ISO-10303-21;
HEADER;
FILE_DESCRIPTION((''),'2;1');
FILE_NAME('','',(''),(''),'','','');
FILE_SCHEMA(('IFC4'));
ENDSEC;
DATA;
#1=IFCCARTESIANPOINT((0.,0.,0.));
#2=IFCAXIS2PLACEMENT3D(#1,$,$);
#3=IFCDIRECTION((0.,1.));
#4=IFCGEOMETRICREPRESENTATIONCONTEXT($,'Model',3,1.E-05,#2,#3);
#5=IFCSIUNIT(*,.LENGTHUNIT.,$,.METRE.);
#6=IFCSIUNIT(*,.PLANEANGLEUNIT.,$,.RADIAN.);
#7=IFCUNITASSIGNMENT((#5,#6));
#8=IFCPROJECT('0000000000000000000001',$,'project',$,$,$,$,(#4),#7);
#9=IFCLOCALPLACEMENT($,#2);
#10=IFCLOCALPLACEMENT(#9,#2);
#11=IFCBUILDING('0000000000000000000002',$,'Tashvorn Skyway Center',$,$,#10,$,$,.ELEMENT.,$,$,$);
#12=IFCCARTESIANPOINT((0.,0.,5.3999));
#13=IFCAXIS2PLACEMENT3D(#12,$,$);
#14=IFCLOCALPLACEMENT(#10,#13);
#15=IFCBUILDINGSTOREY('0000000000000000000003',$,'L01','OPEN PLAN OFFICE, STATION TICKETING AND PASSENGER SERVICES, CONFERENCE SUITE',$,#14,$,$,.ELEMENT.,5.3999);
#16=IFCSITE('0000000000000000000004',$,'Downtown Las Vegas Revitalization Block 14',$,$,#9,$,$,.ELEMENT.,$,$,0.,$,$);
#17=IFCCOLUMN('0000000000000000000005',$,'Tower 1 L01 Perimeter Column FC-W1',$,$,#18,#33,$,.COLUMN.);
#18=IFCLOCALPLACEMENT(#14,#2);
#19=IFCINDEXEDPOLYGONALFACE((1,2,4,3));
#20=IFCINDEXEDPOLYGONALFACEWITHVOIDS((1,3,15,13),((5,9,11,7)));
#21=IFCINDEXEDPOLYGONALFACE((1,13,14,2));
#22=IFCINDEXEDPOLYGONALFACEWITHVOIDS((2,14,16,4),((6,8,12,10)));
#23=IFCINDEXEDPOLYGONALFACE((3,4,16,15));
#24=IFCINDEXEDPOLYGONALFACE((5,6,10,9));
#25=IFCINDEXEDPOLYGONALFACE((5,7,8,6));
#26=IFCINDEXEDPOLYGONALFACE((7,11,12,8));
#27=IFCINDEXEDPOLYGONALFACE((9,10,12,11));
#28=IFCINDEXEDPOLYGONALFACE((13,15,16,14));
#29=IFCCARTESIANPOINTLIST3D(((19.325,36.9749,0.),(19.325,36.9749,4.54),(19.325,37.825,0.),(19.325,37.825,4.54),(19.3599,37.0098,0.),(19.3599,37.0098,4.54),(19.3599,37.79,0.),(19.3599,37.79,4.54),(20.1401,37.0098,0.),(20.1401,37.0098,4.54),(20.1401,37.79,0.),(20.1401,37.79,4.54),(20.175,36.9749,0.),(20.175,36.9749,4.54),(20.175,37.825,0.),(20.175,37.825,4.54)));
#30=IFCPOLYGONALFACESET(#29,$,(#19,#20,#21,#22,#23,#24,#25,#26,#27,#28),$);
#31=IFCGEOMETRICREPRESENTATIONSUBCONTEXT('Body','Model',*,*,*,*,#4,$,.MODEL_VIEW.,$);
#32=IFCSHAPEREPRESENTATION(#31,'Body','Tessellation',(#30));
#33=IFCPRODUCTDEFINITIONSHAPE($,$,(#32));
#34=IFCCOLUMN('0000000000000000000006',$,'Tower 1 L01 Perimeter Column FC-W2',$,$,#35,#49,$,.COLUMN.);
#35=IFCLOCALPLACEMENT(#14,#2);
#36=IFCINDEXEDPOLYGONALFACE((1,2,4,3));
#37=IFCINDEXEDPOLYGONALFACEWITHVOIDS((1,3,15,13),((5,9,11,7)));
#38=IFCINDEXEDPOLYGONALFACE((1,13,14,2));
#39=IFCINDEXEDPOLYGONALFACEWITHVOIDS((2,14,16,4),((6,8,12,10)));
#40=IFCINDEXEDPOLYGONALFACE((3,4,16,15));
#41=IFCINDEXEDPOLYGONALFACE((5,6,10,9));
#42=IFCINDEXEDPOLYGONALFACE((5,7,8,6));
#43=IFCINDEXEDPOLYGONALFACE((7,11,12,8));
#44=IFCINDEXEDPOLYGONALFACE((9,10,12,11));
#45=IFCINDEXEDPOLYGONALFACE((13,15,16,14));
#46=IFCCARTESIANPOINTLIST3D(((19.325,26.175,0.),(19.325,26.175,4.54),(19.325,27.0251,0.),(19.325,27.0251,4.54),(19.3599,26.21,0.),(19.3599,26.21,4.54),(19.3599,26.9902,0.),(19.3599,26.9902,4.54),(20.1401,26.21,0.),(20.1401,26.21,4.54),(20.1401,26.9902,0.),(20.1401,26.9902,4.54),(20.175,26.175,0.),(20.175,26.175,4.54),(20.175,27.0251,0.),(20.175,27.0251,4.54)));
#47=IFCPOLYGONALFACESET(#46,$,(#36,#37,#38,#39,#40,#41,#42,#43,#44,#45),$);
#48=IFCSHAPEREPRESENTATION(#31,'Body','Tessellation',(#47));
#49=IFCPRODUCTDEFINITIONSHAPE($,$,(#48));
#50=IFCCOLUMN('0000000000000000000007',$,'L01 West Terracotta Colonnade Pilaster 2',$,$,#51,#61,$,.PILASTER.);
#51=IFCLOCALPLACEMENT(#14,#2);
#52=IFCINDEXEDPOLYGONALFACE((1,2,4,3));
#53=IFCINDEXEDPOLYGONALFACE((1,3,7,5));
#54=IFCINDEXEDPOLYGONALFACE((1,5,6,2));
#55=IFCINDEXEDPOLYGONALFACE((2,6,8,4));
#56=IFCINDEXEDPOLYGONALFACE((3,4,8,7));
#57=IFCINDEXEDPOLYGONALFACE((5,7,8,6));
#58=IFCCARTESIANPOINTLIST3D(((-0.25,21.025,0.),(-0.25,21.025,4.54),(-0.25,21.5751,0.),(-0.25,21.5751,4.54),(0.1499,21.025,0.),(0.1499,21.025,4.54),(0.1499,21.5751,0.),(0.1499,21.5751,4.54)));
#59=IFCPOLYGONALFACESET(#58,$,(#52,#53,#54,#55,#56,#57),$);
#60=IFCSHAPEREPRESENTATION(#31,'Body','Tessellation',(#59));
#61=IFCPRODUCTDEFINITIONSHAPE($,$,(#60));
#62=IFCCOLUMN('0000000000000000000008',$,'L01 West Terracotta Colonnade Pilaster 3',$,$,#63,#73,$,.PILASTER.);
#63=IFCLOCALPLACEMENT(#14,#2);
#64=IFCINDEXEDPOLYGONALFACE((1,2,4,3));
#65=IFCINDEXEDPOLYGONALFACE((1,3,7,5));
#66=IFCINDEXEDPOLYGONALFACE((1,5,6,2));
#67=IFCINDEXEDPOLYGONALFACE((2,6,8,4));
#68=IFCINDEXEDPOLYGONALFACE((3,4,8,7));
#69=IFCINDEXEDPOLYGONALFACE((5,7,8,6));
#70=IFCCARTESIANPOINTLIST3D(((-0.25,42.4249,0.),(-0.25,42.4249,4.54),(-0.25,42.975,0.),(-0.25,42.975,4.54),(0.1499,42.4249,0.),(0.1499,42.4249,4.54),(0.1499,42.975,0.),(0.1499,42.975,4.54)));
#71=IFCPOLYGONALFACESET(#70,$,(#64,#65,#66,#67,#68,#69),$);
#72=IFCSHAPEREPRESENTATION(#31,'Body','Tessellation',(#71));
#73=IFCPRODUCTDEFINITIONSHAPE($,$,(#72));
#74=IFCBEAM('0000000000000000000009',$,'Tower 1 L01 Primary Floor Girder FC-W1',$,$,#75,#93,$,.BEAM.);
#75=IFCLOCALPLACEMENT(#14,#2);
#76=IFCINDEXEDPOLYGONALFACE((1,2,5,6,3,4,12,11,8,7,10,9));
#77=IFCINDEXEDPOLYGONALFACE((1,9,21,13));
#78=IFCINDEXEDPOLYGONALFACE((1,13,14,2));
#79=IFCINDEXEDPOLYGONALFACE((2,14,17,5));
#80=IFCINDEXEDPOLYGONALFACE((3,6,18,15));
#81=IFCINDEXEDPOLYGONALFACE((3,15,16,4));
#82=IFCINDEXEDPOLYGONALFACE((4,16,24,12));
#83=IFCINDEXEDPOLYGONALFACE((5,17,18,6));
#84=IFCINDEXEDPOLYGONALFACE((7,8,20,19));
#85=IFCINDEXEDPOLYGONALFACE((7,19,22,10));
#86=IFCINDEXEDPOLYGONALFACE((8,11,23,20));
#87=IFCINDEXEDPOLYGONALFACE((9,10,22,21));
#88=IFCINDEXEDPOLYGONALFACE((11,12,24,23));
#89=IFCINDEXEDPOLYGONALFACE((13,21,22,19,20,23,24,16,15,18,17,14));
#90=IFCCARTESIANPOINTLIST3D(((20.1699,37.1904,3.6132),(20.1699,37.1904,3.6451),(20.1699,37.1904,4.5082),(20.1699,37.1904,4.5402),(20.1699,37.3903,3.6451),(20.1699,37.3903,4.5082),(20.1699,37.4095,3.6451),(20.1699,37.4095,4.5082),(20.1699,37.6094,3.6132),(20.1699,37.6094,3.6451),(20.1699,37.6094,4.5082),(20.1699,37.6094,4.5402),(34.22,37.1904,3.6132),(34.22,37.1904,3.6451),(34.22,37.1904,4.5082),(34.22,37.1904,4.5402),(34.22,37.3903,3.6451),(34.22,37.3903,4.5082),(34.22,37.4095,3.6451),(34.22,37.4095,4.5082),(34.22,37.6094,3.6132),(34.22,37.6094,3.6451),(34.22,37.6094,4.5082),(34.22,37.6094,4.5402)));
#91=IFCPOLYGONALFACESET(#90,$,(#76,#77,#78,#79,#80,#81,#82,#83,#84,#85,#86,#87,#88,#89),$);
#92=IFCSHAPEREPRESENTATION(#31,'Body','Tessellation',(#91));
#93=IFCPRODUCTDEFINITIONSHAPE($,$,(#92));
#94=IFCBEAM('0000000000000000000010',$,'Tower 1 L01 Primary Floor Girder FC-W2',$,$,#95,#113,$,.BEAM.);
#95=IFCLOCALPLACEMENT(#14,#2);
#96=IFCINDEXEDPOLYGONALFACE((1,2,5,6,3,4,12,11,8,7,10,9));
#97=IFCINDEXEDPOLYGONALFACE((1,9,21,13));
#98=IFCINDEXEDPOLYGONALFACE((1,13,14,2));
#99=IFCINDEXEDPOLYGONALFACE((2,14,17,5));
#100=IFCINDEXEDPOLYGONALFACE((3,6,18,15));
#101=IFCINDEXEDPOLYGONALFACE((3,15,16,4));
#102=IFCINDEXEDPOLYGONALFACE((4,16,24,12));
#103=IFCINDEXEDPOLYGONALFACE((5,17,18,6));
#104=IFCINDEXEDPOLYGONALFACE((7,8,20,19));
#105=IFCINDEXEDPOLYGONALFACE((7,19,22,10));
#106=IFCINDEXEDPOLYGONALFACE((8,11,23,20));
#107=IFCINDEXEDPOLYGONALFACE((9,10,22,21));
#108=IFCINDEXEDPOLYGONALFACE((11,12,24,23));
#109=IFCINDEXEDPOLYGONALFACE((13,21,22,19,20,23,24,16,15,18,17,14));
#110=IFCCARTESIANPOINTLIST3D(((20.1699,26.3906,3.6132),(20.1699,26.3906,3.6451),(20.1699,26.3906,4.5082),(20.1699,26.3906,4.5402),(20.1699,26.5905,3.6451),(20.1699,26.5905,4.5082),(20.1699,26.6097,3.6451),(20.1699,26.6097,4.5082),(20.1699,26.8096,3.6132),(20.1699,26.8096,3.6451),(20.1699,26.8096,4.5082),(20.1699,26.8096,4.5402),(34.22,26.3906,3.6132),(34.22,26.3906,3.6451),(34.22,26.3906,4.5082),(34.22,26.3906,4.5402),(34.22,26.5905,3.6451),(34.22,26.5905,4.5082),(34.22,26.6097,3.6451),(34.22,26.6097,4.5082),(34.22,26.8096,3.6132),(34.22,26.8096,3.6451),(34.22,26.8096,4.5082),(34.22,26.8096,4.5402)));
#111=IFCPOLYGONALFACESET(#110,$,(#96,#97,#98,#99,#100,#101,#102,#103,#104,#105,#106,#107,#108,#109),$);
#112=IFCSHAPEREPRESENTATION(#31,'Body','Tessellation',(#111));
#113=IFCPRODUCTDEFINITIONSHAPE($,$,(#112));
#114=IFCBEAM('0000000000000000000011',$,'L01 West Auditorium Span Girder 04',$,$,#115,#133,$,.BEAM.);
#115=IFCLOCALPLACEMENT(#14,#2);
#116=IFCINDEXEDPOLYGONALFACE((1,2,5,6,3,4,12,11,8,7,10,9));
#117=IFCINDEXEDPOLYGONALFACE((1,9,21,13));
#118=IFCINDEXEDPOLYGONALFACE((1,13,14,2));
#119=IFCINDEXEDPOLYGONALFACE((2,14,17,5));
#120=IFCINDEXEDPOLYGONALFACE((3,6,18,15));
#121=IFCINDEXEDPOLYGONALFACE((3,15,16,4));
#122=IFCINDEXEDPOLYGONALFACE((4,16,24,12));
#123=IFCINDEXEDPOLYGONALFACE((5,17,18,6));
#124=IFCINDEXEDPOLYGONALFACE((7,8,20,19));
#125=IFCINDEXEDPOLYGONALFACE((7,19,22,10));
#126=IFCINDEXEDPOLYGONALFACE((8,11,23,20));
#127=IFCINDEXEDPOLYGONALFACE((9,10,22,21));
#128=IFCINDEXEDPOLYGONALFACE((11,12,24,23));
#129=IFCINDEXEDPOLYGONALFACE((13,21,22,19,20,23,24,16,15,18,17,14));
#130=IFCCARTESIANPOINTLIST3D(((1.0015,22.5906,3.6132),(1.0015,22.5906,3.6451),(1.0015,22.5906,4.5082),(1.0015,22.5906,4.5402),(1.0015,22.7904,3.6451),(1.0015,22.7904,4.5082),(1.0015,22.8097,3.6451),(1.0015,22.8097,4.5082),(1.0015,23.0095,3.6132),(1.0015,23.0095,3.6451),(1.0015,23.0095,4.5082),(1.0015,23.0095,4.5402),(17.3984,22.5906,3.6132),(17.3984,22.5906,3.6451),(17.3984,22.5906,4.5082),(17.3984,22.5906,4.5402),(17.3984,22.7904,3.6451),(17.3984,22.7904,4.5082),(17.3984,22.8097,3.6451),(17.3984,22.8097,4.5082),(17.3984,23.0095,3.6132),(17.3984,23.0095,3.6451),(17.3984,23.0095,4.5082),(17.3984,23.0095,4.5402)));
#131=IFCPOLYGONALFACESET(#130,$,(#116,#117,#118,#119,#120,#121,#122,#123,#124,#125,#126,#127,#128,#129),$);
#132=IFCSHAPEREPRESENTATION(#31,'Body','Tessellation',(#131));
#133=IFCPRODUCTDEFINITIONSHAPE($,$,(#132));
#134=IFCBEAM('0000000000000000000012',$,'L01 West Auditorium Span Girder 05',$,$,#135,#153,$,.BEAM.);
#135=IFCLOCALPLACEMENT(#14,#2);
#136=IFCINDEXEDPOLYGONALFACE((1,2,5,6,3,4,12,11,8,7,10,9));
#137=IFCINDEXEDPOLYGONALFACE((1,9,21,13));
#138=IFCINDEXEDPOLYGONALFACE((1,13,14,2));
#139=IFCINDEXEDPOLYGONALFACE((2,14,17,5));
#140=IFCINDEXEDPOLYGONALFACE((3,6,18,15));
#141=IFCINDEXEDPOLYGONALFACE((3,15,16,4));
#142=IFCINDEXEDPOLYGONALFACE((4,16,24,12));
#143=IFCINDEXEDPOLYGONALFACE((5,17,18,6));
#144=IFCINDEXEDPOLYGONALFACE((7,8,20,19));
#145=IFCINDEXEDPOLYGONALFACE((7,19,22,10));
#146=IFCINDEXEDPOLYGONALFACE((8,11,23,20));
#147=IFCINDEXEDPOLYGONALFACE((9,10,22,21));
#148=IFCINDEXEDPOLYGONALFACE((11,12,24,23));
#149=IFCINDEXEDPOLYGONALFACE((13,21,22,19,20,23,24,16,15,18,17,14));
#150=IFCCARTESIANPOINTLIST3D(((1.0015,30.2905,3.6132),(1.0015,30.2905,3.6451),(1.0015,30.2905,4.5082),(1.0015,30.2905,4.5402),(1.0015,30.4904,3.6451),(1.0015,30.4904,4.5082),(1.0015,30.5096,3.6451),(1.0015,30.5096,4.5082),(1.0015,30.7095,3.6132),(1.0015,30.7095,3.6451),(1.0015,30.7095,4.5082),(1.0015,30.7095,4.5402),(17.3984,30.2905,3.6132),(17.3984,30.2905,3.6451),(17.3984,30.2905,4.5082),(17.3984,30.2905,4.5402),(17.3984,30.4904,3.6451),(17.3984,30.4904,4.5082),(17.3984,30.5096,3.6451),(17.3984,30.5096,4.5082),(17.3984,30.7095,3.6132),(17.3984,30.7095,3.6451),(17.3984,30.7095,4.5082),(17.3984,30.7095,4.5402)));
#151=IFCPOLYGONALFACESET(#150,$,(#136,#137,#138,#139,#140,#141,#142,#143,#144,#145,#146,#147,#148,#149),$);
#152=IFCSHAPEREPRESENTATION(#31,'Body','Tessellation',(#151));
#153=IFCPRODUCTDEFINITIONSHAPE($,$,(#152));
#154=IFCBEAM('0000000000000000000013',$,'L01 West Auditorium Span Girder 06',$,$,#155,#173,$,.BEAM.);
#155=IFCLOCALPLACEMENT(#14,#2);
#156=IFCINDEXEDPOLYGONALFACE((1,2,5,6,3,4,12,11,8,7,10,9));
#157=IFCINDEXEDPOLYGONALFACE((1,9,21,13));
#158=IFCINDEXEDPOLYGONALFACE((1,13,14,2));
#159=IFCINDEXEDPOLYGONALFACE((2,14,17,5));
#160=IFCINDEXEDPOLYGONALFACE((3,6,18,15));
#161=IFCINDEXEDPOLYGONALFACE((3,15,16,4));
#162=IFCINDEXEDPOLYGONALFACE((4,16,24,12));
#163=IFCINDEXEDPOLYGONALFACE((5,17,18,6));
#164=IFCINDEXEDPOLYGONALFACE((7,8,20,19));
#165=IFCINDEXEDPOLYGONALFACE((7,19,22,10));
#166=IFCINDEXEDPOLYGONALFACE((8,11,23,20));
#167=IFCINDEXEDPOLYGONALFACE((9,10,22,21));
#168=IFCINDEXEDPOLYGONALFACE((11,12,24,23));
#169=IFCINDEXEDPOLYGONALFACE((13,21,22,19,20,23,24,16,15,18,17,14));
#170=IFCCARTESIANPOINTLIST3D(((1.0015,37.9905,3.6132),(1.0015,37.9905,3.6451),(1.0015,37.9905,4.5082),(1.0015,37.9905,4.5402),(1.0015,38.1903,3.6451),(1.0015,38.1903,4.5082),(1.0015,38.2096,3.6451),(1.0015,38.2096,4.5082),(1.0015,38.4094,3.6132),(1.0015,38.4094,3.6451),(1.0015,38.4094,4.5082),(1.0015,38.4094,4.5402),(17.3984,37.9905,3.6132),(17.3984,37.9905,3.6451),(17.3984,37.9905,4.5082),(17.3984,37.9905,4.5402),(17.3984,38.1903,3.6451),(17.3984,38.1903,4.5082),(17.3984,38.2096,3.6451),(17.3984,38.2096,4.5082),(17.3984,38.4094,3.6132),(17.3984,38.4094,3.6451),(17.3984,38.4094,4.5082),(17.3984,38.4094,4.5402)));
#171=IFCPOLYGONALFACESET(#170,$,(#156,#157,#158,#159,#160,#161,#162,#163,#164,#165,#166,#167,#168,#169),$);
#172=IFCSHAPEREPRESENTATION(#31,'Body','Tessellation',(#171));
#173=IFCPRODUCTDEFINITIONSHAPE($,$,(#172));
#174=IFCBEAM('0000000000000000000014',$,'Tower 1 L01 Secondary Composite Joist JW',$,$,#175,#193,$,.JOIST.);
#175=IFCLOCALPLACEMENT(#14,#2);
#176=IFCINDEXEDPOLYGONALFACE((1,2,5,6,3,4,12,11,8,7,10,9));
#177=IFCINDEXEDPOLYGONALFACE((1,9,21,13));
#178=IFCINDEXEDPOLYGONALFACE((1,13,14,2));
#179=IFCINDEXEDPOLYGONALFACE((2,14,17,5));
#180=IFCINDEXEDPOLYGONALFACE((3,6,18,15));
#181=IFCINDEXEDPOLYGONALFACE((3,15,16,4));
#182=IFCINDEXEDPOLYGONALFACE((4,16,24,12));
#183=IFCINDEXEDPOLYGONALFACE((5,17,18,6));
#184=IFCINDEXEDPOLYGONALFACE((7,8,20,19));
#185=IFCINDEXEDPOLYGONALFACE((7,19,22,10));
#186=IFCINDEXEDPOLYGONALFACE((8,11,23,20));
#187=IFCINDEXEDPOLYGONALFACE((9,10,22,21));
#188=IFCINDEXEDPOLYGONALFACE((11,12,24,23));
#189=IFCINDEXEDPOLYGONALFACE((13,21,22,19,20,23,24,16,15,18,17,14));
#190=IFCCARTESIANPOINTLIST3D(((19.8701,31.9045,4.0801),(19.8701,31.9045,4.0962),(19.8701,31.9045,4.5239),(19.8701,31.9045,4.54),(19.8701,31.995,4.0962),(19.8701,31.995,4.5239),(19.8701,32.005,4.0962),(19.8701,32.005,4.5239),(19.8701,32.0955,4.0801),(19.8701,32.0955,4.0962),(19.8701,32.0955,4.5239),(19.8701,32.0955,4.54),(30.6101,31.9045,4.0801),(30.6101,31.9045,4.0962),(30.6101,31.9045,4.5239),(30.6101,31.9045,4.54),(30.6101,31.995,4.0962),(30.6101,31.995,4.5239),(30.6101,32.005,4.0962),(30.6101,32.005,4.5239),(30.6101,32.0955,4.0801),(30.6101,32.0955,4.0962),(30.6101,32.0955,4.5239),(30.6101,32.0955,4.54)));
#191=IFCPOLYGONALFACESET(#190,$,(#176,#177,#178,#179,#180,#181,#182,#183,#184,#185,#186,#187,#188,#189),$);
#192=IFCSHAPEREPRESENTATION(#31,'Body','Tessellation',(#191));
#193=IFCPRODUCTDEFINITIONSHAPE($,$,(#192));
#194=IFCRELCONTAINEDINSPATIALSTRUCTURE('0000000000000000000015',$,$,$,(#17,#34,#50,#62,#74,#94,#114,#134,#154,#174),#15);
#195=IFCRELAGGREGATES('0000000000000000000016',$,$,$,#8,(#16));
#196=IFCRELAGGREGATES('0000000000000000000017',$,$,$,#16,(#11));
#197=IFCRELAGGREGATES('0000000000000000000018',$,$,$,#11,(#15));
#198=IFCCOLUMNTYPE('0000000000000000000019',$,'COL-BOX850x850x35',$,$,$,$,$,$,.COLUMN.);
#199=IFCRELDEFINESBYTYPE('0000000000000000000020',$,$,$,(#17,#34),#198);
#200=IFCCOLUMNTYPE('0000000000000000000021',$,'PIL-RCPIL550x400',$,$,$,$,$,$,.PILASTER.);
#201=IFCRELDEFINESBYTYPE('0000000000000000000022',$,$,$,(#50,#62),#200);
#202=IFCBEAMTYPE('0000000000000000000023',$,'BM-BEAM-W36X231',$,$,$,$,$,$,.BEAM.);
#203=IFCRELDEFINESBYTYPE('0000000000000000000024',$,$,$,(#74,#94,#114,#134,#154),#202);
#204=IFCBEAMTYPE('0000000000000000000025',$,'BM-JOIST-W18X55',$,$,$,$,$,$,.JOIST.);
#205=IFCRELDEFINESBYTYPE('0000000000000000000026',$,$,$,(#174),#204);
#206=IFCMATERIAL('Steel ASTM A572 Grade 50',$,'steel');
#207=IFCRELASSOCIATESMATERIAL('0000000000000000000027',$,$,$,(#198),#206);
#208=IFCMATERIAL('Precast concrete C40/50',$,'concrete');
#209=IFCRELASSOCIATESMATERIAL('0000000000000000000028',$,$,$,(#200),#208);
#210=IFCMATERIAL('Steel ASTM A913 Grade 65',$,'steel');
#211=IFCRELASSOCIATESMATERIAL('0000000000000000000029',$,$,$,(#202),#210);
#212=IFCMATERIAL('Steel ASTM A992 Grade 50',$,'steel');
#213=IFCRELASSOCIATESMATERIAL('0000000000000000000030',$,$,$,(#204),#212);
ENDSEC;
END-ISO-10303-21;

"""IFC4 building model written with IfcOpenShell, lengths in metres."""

from ifc_helpers import new_model, si_unit, direction, frame, origin, origin_2d, place, context, subcontext, project, spatial, rectangle, hollow_rectangle, i_section, extrude, material, material_profile, profile_set, type_object, element, save


model = new_model("IFC4")

# Units and contexts
model_context = context("Model", 3, precision=1e-05, world=origin(), true_north=direction((0.0, 1.0)))
body_context = subcontext(model_context, "Body", "Model", "MODEL_VIEW")
ifc_project = project(units=[si_unit("LENGTHUNIT", "METRE"), si_unit("PLANEANGLEUNIT", "RADIAN")], contexts=[model_context])

# Site, building, storey
site_placement = place(None, origin())
site = spatial("IfcSite", under=ifc_project, at=site_placement, Name="Downtown Las Vegas Revitalization Block 14", CompositionType="ELEMENT", RefElevation=0.0)
building_placement = place(site_placement, origin())
building = spatial("IfcBuilding", under=site, at=building_placement, Name="Tashvorn Skyway Center", CompositionType="ELEMENT")
storey_placement = place(building_placement, frame((0.0, 0.0, 5.3999)))
storey = spatial("IfcBuildingStorey", under=building, at=storey_placement, Name="L01", Description="OPEN PLAN OFFICE, STATION TICKETING AND PASSENGER SERVICES, CONFERENCE SUITE", CompositionType="ELEMENT", Elevation=5.3999)

# Columns
ifc_material_1 = material(Name="Steel ASTM A572 Grade 50", Category="steel")
ifc_material_profile_1 = material_profile(ifc_material_1, hollow_rectangle(XDim=0.8501, YDim=0.8501, WallThickness=0.0349, at=origin_2d()), Name="BOX850x850x35")
ifc_profile_set_1 = profile_set([ifc_material_profile_1], Name="Steel ASTM A572 Grade 50")
column_type_1 = type_object("IfcColumnType", Name="COL-BOX850x850x35", PredefinedType="COLUMN", material=ifc_profile_set_1)
for number, where, z_axis, x_axis, name in (
    (1, (19.75, 37.3999, 0.0), (0.0, 0.0, 1.0), (1.0, 0.0, 0.0), "Tower 1 L01 Perimeter Column FC-W1"),
    (2, (19.75, 26.6001, 0.0), (0.0, 0.0, 1.0), (1.0, 0.0, 0.0), "Tower 1 L01 Perimeter Column FC-W2"),
):
    element("IfcColumn", number, at=place(storey_placement, frame(where, z_axis=z_axis, x_axis=x_axis)), inside=storey, type_object=column_type_1, Name=name, PredefinedType="COLUMN", context=body_context, shape_type="SweptSolid", body=[
        extrude(hollow_rectangle(XDim=0.8501, YDim=0.8501, WallThickness=0.0349, at=origin_2d()), origin(), (0.0, 0.0, 1.0), 4.54),
    ])
ifc_material_2 = material(Name="Precast concrete C40/50", Category="concrete")
ifc_material_profile_2 = material_profile(ifc_material_2, rectangle(XDim=0.55, YDim=0.3999, at=origin_2d()), Name="RCPIL550x400")
ifc_profile_set_2 = profile_set([ifc_material_profile_2], Name="Precast concrete C40/50")
column_type_2 = type_object("IfcColumnType", Name="PIL-RCPIL550x400", PredefinedType="PILASTER", material=ifc_profile_set_2)
for number, where, z_axis, x_axis, name in (
    (3, (-0.05, 21.3, 0.0), (0.0, 0.0, 1.0), (0.0, 1.0, 0.0), "L01 West Terracotta Colonnade Pilaster 2"),
    (4, (-0.05, 42.7, 0.0), (0.0, 0.0, 1.0), (0.0, 1.0, 0.0), "L01 West Terracotta Colonnade Pilaster 3"),
):
    element("IfcColumn", number, at=place(storey_placement, frame(where, z_axis=z_axis, x_axis=x_axis)), inside=storey, type_object=column_type_2, Name=name, PredefinedType="PILASTER", context=body_context, shape_type="SweptSolid", body=[
        extrude(rectangle(XDim=0.55, YDim=0.3999, at=origin_2d()), origin(), (0.0, 0.0, 1.0), 4.54),
    ])

# Beams
ifc_material_3 = material(Name="Steel ASTM A913 Grade 65", Category="steel")
ifc_material_profile_3 = material_profile(ifc_material_3, i_section(OverallWidth=0.4189, OverallDepth=0.927, WebThickness=0.0193, FlangeThickness=0.032, at=origin_2d()), Name="W36X231")
ifc_profile_set_3 = profile_set([ifc_material_profile_3], Name="Steel ASTM A913 Grade 65")
beam_type_1 = type_object("IfcBeamType", Name="BM-BEAM-W36X231", PredefinedType="BEAM", material=ifc_profile_set_3)
for number, where, z_axis, x_axis, name in (
    (5, (20.1699, 37.3999, 4.0767), (1.0, 0.0, 0.0), (0.0, 1.0, 0.0), "Tower 1 L01 Primary Floor Girder FC-W1"),
    (6, (20.1699, 26.6001, 4.0767), (1.0, 0.0, 0.0), (0.0, 1.0, 0.0), "Tower 1 L01 Primary Floor Girder FC-W2"),
):
    element("IfcBeam", number, at=place(storey_placement, frame(where, z_axis=z_axis, x_axis=x_axis)), inside=storey, type_object=beam_type_1, Name=name, PredefinedType="BEAM", context=body_context, shape_type="SweptSolid", body=[
        extrude(i_section(OverallWidth=0.4189, OverallDepth=0.927, WebThickness=0.0193, FlangeThickness=0.032, at=origin_2d()), origin(), (0.0, 0.0, 1.0), 14.05),
    ])
for number, where, z_axis, x_axis, name in (
    (7, (1.0015, 22.8, 4.0767), (1.0, 0.0, 0.0), (0.0, 1.0, 0.0), "L01 West Auditorium Span Girder 04"),
    (8, (1.0015, 30.5, 4.0767), (1.0, 0.0, 0.0), (0.0, 1.0, 0.0), "L01 West Auditorium Span Girder 05"),
    (9, (1.0015, 38.2, 4.0767), (1.0, 0.0, 0.0), (0.0, 1.0, 0.0), "L01 West Auditorium Span Girder 06"),
):
    element("IfcBeam", number, at=place(storey_placement, frame(where, z_axis=z_axis, x_axis=x_axis)), inside=storey, type_object=beam_type_1, Name=name, PredefinedType="BEAM", context=body_context, shape_type="SweptSolid", body=[
        extrude(i_section(OverallWidth=0.4189, OverallDepth=0.927, WebThickness=0.0193, FlangeThickness=0.032, at=origin_2d()), origin(), (0.0, 0.0, 1.0), 16.397),
    ])
ifc_material_4 = material(Name="Steel ASTM A992 Grade 50", Category="steel")
ifc_material_profile_4 = material_profile(ifc_material_4, i_section(OverallWidth=0.1909, OverallDepth=0.46, WebThickness=0.01, FlangeThickness=0.0161, at=origin_2d()), Name="W18X55")
ifc_profile_set_4 = profile_set([ifc_material_profile_4], Name="Steel ASTM A992 Grade 50")
beam_type_2 = type_object("IfcBeamType", Name="BM-JOIST-W18X55", PredefinedType="JOIST", material=ifc_profile_set_4)
beam_1_placement = place(storey_placement, frame((30.6101, 32.0, 4.3101), z_axis=(-1.0, 0.0, 0.0), x_axis=(0.0, -1.0, 0.0)))
element("IfcBeam", 10, at=beam_1_placement, inside=storey, type_object=beam_type_2, Name="Tower 1 L01 Secondary Composite Joist JW", PredefinedType="JOIST", context=body_context, shape_type="SweptSolid", body=[
    extrude(i_section(OverallWidth=0.1909, OverallDepth=0.46, WebThickness=0.01, FlangeThickness=0.0161, at=origin_2d()), origin(), (0.0, 0.0, 1.0), 10.74),
])

save(model, "model.ifc")
